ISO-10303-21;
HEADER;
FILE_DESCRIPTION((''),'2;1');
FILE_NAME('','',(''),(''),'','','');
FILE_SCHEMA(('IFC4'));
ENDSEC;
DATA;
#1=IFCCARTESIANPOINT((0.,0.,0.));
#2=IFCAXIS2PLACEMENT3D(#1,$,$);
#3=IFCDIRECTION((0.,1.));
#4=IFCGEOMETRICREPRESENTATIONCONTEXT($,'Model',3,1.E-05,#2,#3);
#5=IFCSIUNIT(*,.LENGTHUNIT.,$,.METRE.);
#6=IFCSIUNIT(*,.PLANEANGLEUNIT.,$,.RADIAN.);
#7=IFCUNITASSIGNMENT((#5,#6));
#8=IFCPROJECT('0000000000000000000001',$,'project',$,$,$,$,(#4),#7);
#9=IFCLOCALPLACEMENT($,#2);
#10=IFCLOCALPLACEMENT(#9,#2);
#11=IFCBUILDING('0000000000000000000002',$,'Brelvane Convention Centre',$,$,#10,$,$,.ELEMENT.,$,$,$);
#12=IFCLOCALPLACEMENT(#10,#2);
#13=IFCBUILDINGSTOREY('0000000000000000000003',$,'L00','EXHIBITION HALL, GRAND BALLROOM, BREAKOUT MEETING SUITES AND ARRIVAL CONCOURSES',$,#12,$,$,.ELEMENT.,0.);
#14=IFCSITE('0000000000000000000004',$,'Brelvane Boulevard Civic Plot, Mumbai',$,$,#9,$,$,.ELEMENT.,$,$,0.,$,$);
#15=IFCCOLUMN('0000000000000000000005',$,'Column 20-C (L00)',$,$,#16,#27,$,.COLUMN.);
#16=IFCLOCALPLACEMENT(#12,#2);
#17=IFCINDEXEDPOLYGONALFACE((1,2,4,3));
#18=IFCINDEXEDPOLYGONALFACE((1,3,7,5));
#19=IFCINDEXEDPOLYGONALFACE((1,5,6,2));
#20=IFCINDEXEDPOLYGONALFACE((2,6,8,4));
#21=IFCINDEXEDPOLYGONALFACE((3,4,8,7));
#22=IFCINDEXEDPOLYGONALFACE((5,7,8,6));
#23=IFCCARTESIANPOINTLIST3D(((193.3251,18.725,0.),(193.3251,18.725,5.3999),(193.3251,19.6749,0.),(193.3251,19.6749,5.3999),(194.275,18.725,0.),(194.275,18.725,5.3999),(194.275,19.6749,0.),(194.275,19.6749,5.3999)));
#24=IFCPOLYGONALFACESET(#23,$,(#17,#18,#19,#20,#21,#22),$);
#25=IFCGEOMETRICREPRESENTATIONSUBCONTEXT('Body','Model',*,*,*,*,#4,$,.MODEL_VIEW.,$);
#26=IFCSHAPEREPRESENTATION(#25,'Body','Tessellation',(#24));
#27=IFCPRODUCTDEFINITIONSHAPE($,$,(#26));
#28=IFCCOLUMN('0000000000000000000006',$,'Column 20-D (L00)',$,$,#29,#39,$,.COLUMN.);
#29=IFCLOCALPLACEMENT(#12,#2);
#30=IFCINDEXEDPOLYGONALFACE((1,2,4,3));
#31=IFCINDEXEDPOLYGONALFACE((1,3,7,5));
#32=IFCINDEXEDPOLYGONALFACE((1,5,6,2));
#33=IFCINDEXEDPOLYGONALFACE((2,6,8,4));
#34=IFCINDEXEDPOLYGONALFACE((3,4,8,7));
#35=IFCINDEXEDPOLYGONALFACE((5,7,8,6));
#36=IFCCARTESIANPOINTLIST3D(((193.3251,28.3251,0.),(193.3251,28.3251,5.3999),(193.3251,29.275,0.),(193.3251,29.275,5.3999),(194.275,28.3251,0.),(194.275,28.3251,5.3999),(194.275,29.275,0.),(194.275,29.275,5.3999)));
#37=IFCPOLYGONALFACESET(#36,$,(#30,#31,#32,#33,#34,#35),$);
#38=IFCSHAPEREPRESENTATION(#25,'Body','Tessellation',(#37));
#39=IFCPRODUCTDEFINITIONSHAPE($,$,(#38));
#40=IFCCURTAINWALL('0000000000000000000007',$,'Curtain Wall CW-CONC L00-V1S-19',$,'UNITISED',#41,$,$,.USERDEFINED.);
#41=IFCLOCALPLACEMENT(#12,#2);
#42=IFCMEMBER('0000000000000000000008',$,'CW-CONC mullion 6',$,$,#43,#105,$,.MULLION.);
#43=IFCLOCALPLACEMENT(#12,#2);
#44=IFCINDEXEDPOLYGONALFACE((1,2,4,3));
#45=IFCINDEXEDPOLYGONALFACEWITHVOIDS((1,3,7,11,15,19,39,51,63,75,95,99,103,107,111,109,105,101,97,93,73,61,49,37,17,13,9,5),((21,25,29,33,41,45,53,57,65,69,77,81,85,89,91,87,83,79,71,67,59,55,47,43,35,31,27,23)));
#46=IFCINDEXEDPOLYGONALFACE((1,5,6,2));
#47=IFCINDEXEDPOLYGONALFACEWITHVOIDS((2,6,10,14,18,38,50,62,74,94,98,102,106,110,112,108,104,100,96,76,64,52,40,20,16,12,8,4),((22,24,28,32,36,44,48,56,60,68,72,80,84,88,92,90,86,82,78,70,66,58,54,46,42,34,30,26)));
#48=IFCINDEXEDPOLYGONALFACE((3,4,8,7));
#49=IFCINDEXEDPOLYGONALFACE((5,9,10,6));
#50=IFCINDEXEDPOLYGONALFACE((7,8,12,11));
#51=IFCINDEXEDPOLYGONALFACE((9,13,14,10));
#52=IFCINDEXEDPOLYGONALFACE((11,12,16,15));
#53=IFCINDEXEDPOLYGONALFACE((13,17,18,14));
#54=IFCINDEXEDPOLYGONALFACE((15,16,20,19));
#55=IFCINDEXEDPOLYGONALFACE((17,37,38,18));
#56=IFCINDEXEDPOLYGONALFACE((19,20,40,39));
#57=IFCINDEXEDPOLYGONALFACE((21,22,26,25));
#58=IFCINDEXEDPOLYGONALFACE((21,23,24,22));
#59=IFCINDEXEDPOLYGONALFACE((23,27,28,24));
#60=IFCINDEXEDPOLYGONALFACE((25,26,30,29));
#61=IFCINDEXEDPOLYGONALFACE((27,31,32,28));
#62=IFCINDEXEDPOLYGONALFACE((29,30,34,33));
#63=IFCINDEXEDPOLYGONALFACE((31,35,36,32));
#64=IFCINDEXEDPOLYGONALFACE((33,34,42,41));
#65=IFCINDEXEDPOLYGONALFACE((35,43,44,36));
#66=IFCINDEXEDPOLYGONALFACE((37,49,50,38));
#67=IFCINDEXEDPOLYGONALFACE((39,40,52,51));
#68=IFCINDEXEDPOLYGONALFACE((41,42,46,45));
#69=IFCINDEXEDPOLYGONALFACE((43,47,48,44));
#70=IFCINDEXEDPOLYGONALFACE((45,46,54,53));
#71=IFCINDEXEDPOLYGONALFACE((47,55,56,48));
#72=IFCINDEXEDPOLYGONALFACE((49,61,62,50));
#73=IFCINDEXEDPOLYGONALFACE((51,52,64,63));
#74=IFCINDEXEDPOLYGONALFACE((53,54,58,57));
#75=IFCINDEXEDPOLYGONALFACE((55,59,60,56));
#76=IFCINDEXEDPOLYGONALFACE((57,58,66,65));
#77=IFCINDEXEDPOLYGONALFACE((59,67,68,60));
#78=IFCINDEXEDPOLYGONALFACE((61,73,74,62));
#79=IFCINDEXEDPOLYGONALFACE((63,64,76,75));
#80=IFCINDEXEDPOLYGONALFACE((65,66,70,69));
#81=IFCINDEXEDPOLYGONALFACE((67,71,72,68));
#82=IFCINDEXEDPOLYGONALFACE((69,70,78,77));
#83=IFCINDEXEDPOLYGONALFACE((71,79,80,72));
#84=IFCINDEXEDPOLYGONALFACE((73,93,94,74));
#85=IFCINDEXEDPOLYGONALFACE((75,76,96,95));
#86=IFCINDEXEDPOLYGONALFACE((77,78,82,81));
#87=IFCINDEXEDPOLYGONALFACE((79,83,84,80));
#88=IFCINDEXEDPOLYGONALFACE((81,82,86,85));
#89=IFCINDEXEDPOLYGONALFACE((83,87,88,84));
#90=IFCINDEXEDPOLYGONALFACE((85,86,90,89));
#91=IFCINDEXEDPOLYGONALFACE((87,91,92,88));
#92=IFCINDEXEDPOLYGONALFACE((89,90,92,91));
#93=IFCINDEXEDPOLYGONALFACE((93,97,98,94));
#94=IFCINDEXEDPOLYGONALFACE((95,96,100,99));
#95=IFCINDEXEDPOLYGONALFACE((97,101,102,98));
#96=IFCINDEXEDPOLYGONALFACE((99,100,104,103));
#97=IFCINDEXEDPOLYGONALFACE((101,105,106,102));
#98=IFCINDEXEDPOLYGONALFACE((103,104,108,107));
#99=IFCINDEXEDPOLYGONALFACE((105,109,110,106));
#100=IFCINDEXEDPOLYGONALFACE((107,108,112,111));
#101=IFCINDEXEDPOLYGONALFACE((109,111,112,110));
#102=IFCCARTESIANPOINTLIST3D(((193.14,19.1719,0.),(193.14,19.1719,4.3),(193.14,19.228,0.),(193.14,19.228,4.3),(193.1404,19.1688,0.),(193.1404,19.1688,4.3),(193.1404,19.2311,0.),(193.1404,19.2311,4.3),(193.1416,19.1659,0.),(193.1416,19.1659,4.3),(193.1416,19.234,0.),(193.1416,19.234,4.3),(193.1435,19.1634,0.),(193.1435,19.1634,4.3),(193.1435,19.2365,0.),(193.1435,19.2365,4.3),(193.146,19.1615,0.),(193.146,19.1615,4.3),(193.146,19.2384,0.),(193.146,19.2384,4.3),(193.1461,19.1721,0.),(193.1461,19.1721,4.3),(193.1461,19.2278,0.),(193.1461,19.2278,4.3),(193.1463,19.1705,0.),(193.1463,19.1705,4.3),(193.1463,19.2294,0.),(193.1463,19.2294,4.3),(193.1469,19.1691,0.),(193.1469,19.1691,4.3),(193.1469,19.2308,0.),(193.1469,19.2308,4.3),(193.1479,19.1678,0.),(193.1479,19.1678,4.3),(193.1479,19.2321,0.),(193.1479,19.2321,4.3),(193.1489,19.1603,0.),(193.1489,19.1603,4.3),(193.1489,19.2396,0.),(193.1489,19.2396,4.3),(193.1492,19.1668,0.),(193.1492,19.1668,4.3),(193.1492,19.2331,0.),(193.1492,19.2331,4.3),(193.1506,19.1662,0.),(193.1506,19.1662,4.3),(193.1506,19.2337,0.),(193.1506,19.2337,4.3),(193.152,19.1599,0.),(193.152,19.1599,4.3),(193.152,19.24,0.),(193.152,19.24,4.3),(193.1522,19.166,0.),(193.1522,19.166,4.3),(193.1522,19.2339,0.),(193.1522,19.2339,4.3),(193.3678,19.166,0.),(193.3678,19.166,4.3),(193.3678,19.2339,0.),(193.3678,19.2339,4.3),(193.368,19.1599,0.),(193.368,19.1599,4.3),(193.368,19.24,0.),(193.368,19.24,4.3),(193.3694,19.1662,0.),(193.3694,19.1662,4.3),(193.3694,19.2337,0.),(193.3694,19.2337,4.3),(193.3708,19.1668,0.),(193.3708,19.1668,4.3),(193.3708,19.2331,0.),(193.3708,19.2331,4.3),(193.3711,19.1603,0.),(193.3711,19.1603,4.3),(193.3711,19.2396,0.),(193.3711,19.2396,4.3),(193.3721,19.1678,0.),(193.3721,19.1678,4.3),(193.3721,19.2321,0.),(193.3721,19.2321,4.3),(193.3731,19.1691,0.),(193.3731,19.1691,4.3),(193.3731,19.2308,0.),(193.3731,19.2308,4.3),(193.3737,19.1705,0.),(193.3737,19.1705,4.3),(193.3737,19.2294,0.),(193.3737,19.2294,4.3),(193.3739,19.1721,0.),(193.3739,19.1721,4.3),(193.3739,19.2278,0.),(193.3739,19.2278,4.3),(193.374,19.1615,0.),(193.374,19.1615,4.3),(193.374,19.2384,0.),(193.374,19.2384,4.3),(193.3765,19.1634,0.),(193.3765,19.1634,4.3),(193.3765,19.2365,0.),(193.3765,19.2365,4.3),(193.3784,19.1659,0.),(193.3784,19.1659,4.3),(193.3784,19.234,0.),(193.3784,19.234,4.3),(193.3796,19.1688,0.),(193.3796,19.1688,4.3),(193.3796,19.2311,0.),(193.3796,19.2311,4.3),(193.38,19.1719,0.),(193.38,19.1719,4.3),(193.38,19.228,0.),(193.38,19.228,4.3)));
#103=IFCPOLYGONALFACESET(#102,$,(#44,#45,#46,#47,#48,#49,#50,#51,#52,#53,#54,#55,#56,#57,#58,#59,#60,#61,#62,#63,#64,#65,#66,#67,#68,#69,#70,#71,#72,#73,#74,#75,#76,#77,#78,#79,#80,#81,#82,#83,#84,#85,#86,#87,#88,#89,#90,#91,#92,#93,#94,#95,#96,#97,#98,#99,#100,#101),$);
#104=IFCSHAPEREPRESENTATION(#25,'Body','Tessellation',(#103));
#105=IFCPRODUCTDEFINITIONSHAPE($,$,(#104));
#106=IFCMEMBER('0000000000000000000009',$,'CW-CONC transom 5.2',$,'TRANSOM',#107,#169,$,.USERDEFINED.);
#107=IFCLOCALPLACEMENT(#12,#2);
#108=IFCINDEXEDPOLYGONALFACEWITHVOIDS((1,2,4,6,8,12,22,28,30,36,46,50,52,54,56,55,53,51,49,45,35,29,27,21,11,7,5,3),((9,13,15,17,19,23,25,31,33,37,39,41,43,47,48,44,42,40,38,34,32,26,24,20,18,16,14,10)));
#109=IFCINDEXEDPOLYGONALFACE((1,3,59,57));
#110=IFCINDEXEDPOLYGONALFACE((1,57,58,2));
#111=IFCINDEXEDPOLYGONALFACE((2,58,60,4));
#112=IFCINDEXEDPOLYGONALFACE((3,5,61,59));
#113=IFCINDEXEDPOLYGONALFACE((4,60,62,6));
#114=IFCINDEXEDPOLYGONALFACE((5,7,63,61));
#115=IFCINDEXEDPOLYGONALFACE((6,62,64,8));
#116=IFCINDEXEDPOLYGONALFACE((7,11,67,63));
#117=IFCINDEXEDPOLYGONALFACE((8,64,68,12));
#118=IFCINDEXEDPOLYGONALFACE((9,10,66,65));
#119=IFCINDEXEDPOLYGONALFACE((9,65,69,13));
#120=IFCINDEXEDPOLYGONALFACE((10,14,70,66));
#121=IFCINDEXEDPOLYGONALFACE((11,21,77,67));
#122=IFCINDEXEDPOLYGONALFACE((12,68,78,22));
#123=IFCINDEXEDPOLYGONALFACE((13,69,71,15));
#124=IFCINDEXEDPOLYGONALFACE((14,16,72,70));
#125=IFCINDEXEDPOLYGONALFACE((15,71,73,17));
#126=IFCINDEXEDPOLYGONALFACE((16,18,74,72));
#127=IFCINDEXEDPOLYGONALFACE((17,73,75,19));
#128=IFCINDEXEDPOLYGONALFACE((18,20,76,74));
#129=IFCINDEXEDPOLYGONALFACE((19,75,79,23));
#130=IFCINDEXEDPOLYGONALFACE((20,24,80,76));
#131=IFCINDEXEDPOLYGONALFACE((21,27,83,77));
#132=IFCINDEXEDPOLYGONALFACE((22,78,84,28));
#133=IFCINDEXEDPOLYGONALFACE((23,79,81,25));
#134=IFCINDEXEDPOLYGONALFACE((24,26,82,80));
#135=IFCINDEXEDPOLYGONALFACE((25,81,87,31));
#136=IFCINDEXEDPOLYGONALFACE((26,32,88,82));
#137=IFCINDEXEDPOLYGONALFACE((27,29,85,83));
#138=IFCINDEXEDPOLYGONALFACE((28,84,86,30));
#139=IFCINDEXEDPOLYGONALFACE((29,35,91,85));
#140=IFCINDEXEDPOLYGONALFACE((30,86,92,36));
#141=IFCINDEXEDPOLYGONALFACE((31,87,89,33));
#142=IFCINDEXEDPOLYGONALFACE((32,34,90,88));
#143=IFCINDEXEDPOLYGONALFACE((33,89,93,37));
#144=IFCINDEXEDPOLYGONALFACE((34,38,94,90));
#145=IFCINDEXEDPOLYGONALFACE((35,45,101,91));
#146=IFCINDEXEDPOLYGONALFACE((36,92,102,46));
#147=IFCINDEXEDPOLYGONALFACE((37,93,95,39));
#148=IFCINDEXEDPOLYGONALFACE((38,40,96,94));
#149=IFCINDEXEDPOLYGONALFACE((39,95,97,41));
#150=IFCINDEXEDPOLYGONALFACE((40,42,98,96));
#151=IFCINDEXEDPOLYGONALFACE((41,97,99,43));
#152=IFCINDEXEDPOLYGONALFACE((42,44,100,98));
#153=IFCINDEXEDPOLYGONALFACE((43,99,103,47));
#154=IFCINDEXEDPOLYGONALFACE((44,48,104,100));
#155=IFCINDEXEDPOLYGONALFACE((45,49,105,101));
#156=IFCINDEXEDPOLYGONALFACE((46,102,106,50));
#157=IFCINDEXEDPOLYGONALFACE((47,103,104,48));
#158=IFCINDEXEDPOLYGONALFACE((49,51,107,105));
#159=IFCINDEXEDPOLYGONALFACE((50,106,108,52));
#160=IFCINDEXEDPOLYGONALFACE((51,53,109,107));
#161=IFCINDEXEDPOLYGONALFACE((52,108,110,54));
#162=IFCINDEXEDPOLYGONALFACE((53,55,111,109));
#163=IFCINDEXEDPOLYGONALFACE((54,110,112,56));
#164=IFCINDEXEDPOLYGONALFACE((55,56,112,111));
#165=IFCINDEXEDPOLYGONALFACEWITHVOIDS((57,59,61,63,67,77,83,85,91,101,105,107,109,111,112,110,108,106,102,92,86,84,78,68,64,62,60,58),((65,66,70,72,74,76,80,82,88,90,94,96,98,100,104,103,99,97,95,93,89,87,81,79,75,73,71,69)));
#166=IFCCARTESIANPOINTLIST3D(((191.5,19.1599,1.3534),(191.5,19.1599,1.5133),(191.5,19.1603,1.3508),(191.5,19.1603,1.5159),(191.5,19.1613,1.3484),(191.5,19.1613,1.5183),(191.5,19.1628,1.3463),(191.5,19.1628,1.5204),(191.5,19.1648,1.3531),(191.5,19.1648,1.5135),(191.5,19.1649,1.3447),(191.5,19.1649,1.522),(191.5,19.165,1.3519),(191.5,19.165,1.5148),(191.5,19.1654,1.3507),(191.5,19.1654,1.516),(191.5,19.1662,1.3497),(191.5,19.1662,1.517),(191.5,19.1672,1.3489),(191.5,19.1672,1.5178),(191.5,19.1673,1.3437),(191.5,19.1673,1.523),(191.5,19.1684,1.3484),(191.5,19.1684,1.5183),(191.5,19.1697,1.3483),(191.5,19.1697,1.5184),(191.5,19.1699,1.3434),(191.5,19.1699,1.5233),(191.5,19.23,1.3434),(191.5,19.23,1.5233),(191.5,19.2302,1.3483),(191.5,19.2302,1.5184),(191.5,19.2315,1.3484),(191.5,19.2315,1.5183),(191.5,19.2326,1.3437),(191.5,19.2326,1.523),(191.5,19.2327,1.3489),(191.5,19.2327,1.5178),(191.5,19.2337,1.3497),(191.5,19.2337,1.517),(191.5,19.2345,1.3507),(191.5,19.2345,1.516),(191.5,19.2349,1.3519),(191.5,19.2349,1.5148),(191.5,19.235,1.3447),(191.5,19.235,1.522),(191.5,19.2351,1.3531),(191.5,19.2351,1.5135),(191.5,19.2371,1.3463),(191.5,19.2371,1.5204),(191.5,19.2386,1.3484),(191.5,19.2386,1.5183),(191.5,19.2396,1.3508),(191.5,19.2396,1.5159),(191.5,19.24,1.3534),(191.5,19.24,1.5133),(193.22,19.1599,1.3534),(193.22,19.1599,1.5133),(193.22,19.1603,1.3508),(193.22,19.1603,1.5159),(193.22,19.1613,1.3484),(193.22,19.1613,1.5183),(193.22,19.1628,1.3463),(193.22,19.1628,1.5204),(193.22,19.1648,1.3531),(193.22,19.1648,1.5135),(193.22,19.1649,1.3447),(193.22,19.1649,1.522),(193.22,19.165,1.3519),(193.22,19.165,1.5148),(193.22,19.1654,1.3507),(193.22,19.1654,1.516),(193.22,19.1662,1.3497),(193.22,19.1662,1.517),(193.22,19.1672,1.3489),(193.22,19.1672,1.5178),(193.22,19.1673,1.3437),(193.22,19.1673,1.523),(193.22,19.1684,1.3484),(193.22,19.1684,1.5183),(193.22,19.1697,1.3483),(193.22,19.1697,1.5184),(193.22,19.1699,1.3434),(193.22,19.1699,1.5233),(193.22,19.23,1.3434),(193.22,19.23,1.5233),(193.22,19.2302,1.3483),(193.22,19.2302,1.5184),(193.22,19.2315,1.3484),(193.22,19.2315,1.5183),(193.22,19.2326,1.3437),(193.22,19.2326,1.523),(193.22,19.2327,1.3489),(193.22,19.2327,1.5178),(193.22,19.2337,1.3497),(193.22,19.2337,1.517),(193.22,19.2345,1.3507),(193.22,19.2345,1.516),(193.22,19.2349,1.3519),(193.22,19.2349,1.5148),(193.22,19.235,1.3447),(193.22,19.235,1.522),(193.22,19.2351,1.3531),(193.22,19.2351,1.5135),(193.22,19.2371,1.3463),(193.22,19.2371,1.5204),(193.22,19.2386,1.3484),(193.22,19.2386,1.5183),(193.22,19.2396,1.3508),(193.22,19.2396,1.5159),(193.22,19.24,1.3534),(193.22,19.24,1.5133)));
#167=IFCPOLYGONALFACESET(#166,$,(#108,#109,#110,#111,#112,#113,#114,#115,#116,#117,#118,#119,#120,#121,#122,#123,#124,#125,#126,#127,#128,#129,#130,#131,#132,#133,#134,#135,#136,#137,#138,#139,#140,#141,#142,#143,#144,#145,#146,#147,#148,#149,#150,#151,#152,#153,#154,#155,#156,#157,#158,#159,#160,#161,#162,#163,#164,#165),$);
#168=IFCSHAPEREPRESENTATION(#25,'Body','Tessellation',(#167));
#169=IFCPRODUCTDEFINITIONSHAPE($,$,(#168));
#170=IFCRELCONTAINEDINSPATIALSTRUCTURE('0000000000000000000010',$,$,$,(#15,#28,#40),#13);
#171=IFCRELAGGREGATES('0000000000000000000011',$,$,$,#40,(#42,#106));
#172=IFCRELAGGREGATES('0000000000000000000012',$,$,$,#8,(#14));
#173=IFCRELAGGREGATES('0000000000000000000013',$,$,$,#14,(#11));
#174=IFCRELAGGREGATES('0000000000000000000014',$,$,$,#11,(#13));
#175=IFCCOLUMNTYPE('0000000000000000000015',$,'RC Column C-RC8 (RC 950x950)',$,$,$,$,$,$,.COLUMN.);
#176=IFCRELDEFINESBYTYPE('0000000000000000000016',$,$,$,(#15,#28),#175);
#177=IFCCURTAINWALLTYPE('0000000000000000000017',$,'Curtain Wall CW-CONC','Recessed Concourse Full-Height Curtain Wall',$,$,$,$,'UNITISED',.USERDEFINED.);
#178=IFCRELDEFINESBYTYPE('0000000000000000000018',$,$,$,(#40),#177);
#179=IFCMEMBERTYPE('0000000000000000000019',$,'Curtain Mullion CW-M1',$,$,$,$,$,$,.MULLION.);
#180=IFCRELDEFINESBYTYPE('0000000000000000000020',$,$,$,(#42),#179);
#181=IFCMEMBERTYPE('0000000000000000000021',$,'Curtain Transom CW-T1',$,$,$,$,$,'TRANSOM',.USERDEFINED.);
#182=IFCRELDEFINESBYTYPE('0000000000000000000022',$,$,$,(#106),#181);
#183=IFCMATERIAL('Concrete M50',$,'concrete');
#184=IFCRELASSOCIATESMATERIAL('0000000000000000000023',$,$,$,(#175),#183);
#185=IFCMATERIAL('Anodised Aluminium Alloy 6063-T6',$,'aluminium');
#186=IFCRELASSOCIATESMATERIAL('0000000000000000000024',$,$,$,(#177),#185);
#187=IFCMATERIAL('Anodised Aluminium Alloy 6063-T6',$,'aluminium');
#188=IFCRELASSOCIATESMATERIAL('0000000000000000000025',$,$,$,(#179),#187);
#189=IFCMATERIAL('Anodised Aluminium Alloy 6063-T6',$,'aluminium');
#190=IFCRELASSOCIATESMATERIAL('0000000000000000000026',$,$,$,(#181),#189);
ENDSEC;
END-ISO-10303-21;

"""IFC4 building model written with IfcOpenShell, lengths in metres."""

from ifc_helpers import new_model, si_unit, direction, frame, origin, origin_2d, place, context, subcontext, project, spatial, rectangle, hollow_rectangle, extrude, material, material_profile, profile_set, type_object, element, aggregate, save


model = new_model("IFC4")

# Units and contexts
model_context = context("Model", 3, precision=1e-05, world=origin(), true_north=direction((0.0, 1.0)))
body_context = subcontext(model_context, "Body", "Model", "MODEL_VIEW")
ifc_project = project(units=[si_unit("LENGTHUNIT", "METRE"), si_unit("PLANEANGLEUNIT", "RADIAN")], contexts=[model_context])

# Site, building, storey
site_placement = place(None, origin())
site = spatial("IfcSite", under=ifc_project, at=site_placement, Name="Brelvane Boulevard Civic Plot, Mumbai", CompositionType="ELEMENT", RefElevation=0.0)
building_placement = place(site_placement, origin())
building = spatial("IfcBuilding", under=site, at=building_placement, Name="Brelvane Convention Centre", CompositionType="ELEMENT")
storey_placement = place(building_placement, origin())
storey = spatial("IfcBuildingStorey", under=building, at=storey_placement, Name="L00", Description="EXHIBITION HALL, GRAND BALLROOM, BREAKOUT MEETING SUITES AND ARRIVAL CONCOURSES", CompositionType="ELEMENT", Elevation=0.0)

# Columns
ifc_material_1 = material(Name="Concrete M50", Category="concrete")
ifc_material_profile_1 = material_profile(ifc_material_1, rectangle(XDim=0.95, YDim=0.95, at=origin_2d()), Name="RC 950x950")
ifc_profile_set_1 = profile_set([ifc_material_profile_1], Name="Concrete M50")
column_type = type_object("IfcColumnType", Name="RC Column C-RC8 (RC 950x950)", PredefinedType="COLUMN", material=ifc_profile_set_1)
for number, where, z_axis, x_axis, name in (
    (1, (193.8, 19.2, 0.0), (0.0, 0.0, 1.0), (1.0, 0.0, 0.0), "Column 20-C (L00)"),
    (2, (193.8, 28.8, 0.0), (0.0, 0.0, 1.0), (1.0, 0.0, 0.0), "Column 20-D (L00)"),
):
    element("IfcColumn", number, at=place(storey_placement, frame(where, z_axis=z_axis, x_axis=x_axis)), inside=storey, type_object=column_type, Name=name, PredefinedType="COLUMN", context=body_context, shape_type="SweptSolid", body=[
        extrude(rectangle(XDim=0.95, YDim=0.95, at=origin_2d()), origin(), (0.0, 0.0, 1.0), 5.3999),
    ])

# Curtain wall, members
ifc_material_2 = material(Name="Anodised Aluminium Alloy 6063-T6", Category="aluminium")
curtain_wall_type = type_object("IfcCurtainWallType", Name="Curtain Wall CW-CONC", Description="Recessed Concourse Full-Height Curtain Wall", ElementType="UNITISED", PredefinedType="USERDEFINED", material=ifc_material_2)
curtain_wall_placement = place(storey_placement, origin())
curtain_wall = element("IfcCurtainWall", 3, at=curtain_wall_placement, inside=storey, type_object=curtain_wall_type, Name="Curtain Wall CW-CONC L00-V1S-19", ObjectType="UNITISED", PredefinedType="USERDEFINED")
ifc_material_3 = material(Name="Anodised Aluminium Alloy 6063-T6", Category="aluminium")
ifc_material_profile_2 = material_profile(ifc_material_3, hollow_rectangle(XDim=0.0801, YDim=0.24, WallThickness=0.0061, InnerFilletRadius=0.0061, OuterFilletRadius=0.012, at=origin_2d()), Name="ALU-M 240x80x6.0")
ifc_profile_set_2 = profile_set([ifc_material_profile_2], Name="Anodised Aluminium Alloy 6063-T6")
member_type_1 = type_object("IfcMemberType", Name="Curtain Mullion CW-M1", PredefinedType="MULLION", material=ifc_profile_set_2)
member_1_placement = place(storey_placement, frame((193.26, 19.2, 0.0), z_axis=(0.0, 0.0, 1.0), x_axis=(0.0, 1.0, 0.0)))
member_1 = element("IfcMember", 4, at=member_1_placement, type_object=member_type_1, Name="CW-CONC mullion 6", PredefinedType="MULLION", context=body_context, shape_type="SweptSolid", body=[
    extrude(hollow_rectangle(XDim=0.0801, YDim=0.24, WallThickness=0.0061, InnerFilletRadius=0.0061, OuterFilletRadius=0.012, at=origin_2d()), origin(), (0.0, 0.0, 1.0), 4.3),
])
ifc_material_4 = material(Name="Anodised Aluminium Alloy 6063-T6", Category="aluminium")
ifc_material_profile_3 = material_profile(ifc_material_4, hollow_rectangle(XDim=0.0801, YDim=0.1799, WallThickness=0.0049, InnerFilletRadius=0.0049, OuterFilletRadius=0.01, at=origin_2d()), Name="ALU-T 180x80x5.0")
ifc_profile_set_3 = profile_set([ifc_material_profile_3], Name="Anodised Aluminium Alloy 6063-T6")
member_type_2 = type_object("IfcMemberType", Name="Curtain Transom CW-T1", ElementType="TRANSOM", PredefinedType="USERDEFINED", material=ifc_profile_set_3)
member_2_placement = place(storey_placement, frame((191.5, 19.2, 1.4333), z_axis=(1.0, 0.0, 0.0), x_axis=(0.0, 1.0, 0.0)))
member_2 = element("IfcMember", 5, at=member_2_placement, type_object=member_type_2, Name="CW-CONC transom 5.2", ObjectType="TRANSOM", PredefinedType="USERDEFINED", context=body_context, shape_type="SweptSolid", body=[
    extrude(hollow_rectangle(XDim=0.0801, YDim=0.1799, WallThickness=0.0049, InnerFilletRadius=0.0049, OuterFilletRadius=0.01, at=origin_2d()), origin(), (0.0, 0.0, 1.0), 1.72),
])

aggregate(curtain_wall, [member_1, member_2])

save(model, "model.ifc")
